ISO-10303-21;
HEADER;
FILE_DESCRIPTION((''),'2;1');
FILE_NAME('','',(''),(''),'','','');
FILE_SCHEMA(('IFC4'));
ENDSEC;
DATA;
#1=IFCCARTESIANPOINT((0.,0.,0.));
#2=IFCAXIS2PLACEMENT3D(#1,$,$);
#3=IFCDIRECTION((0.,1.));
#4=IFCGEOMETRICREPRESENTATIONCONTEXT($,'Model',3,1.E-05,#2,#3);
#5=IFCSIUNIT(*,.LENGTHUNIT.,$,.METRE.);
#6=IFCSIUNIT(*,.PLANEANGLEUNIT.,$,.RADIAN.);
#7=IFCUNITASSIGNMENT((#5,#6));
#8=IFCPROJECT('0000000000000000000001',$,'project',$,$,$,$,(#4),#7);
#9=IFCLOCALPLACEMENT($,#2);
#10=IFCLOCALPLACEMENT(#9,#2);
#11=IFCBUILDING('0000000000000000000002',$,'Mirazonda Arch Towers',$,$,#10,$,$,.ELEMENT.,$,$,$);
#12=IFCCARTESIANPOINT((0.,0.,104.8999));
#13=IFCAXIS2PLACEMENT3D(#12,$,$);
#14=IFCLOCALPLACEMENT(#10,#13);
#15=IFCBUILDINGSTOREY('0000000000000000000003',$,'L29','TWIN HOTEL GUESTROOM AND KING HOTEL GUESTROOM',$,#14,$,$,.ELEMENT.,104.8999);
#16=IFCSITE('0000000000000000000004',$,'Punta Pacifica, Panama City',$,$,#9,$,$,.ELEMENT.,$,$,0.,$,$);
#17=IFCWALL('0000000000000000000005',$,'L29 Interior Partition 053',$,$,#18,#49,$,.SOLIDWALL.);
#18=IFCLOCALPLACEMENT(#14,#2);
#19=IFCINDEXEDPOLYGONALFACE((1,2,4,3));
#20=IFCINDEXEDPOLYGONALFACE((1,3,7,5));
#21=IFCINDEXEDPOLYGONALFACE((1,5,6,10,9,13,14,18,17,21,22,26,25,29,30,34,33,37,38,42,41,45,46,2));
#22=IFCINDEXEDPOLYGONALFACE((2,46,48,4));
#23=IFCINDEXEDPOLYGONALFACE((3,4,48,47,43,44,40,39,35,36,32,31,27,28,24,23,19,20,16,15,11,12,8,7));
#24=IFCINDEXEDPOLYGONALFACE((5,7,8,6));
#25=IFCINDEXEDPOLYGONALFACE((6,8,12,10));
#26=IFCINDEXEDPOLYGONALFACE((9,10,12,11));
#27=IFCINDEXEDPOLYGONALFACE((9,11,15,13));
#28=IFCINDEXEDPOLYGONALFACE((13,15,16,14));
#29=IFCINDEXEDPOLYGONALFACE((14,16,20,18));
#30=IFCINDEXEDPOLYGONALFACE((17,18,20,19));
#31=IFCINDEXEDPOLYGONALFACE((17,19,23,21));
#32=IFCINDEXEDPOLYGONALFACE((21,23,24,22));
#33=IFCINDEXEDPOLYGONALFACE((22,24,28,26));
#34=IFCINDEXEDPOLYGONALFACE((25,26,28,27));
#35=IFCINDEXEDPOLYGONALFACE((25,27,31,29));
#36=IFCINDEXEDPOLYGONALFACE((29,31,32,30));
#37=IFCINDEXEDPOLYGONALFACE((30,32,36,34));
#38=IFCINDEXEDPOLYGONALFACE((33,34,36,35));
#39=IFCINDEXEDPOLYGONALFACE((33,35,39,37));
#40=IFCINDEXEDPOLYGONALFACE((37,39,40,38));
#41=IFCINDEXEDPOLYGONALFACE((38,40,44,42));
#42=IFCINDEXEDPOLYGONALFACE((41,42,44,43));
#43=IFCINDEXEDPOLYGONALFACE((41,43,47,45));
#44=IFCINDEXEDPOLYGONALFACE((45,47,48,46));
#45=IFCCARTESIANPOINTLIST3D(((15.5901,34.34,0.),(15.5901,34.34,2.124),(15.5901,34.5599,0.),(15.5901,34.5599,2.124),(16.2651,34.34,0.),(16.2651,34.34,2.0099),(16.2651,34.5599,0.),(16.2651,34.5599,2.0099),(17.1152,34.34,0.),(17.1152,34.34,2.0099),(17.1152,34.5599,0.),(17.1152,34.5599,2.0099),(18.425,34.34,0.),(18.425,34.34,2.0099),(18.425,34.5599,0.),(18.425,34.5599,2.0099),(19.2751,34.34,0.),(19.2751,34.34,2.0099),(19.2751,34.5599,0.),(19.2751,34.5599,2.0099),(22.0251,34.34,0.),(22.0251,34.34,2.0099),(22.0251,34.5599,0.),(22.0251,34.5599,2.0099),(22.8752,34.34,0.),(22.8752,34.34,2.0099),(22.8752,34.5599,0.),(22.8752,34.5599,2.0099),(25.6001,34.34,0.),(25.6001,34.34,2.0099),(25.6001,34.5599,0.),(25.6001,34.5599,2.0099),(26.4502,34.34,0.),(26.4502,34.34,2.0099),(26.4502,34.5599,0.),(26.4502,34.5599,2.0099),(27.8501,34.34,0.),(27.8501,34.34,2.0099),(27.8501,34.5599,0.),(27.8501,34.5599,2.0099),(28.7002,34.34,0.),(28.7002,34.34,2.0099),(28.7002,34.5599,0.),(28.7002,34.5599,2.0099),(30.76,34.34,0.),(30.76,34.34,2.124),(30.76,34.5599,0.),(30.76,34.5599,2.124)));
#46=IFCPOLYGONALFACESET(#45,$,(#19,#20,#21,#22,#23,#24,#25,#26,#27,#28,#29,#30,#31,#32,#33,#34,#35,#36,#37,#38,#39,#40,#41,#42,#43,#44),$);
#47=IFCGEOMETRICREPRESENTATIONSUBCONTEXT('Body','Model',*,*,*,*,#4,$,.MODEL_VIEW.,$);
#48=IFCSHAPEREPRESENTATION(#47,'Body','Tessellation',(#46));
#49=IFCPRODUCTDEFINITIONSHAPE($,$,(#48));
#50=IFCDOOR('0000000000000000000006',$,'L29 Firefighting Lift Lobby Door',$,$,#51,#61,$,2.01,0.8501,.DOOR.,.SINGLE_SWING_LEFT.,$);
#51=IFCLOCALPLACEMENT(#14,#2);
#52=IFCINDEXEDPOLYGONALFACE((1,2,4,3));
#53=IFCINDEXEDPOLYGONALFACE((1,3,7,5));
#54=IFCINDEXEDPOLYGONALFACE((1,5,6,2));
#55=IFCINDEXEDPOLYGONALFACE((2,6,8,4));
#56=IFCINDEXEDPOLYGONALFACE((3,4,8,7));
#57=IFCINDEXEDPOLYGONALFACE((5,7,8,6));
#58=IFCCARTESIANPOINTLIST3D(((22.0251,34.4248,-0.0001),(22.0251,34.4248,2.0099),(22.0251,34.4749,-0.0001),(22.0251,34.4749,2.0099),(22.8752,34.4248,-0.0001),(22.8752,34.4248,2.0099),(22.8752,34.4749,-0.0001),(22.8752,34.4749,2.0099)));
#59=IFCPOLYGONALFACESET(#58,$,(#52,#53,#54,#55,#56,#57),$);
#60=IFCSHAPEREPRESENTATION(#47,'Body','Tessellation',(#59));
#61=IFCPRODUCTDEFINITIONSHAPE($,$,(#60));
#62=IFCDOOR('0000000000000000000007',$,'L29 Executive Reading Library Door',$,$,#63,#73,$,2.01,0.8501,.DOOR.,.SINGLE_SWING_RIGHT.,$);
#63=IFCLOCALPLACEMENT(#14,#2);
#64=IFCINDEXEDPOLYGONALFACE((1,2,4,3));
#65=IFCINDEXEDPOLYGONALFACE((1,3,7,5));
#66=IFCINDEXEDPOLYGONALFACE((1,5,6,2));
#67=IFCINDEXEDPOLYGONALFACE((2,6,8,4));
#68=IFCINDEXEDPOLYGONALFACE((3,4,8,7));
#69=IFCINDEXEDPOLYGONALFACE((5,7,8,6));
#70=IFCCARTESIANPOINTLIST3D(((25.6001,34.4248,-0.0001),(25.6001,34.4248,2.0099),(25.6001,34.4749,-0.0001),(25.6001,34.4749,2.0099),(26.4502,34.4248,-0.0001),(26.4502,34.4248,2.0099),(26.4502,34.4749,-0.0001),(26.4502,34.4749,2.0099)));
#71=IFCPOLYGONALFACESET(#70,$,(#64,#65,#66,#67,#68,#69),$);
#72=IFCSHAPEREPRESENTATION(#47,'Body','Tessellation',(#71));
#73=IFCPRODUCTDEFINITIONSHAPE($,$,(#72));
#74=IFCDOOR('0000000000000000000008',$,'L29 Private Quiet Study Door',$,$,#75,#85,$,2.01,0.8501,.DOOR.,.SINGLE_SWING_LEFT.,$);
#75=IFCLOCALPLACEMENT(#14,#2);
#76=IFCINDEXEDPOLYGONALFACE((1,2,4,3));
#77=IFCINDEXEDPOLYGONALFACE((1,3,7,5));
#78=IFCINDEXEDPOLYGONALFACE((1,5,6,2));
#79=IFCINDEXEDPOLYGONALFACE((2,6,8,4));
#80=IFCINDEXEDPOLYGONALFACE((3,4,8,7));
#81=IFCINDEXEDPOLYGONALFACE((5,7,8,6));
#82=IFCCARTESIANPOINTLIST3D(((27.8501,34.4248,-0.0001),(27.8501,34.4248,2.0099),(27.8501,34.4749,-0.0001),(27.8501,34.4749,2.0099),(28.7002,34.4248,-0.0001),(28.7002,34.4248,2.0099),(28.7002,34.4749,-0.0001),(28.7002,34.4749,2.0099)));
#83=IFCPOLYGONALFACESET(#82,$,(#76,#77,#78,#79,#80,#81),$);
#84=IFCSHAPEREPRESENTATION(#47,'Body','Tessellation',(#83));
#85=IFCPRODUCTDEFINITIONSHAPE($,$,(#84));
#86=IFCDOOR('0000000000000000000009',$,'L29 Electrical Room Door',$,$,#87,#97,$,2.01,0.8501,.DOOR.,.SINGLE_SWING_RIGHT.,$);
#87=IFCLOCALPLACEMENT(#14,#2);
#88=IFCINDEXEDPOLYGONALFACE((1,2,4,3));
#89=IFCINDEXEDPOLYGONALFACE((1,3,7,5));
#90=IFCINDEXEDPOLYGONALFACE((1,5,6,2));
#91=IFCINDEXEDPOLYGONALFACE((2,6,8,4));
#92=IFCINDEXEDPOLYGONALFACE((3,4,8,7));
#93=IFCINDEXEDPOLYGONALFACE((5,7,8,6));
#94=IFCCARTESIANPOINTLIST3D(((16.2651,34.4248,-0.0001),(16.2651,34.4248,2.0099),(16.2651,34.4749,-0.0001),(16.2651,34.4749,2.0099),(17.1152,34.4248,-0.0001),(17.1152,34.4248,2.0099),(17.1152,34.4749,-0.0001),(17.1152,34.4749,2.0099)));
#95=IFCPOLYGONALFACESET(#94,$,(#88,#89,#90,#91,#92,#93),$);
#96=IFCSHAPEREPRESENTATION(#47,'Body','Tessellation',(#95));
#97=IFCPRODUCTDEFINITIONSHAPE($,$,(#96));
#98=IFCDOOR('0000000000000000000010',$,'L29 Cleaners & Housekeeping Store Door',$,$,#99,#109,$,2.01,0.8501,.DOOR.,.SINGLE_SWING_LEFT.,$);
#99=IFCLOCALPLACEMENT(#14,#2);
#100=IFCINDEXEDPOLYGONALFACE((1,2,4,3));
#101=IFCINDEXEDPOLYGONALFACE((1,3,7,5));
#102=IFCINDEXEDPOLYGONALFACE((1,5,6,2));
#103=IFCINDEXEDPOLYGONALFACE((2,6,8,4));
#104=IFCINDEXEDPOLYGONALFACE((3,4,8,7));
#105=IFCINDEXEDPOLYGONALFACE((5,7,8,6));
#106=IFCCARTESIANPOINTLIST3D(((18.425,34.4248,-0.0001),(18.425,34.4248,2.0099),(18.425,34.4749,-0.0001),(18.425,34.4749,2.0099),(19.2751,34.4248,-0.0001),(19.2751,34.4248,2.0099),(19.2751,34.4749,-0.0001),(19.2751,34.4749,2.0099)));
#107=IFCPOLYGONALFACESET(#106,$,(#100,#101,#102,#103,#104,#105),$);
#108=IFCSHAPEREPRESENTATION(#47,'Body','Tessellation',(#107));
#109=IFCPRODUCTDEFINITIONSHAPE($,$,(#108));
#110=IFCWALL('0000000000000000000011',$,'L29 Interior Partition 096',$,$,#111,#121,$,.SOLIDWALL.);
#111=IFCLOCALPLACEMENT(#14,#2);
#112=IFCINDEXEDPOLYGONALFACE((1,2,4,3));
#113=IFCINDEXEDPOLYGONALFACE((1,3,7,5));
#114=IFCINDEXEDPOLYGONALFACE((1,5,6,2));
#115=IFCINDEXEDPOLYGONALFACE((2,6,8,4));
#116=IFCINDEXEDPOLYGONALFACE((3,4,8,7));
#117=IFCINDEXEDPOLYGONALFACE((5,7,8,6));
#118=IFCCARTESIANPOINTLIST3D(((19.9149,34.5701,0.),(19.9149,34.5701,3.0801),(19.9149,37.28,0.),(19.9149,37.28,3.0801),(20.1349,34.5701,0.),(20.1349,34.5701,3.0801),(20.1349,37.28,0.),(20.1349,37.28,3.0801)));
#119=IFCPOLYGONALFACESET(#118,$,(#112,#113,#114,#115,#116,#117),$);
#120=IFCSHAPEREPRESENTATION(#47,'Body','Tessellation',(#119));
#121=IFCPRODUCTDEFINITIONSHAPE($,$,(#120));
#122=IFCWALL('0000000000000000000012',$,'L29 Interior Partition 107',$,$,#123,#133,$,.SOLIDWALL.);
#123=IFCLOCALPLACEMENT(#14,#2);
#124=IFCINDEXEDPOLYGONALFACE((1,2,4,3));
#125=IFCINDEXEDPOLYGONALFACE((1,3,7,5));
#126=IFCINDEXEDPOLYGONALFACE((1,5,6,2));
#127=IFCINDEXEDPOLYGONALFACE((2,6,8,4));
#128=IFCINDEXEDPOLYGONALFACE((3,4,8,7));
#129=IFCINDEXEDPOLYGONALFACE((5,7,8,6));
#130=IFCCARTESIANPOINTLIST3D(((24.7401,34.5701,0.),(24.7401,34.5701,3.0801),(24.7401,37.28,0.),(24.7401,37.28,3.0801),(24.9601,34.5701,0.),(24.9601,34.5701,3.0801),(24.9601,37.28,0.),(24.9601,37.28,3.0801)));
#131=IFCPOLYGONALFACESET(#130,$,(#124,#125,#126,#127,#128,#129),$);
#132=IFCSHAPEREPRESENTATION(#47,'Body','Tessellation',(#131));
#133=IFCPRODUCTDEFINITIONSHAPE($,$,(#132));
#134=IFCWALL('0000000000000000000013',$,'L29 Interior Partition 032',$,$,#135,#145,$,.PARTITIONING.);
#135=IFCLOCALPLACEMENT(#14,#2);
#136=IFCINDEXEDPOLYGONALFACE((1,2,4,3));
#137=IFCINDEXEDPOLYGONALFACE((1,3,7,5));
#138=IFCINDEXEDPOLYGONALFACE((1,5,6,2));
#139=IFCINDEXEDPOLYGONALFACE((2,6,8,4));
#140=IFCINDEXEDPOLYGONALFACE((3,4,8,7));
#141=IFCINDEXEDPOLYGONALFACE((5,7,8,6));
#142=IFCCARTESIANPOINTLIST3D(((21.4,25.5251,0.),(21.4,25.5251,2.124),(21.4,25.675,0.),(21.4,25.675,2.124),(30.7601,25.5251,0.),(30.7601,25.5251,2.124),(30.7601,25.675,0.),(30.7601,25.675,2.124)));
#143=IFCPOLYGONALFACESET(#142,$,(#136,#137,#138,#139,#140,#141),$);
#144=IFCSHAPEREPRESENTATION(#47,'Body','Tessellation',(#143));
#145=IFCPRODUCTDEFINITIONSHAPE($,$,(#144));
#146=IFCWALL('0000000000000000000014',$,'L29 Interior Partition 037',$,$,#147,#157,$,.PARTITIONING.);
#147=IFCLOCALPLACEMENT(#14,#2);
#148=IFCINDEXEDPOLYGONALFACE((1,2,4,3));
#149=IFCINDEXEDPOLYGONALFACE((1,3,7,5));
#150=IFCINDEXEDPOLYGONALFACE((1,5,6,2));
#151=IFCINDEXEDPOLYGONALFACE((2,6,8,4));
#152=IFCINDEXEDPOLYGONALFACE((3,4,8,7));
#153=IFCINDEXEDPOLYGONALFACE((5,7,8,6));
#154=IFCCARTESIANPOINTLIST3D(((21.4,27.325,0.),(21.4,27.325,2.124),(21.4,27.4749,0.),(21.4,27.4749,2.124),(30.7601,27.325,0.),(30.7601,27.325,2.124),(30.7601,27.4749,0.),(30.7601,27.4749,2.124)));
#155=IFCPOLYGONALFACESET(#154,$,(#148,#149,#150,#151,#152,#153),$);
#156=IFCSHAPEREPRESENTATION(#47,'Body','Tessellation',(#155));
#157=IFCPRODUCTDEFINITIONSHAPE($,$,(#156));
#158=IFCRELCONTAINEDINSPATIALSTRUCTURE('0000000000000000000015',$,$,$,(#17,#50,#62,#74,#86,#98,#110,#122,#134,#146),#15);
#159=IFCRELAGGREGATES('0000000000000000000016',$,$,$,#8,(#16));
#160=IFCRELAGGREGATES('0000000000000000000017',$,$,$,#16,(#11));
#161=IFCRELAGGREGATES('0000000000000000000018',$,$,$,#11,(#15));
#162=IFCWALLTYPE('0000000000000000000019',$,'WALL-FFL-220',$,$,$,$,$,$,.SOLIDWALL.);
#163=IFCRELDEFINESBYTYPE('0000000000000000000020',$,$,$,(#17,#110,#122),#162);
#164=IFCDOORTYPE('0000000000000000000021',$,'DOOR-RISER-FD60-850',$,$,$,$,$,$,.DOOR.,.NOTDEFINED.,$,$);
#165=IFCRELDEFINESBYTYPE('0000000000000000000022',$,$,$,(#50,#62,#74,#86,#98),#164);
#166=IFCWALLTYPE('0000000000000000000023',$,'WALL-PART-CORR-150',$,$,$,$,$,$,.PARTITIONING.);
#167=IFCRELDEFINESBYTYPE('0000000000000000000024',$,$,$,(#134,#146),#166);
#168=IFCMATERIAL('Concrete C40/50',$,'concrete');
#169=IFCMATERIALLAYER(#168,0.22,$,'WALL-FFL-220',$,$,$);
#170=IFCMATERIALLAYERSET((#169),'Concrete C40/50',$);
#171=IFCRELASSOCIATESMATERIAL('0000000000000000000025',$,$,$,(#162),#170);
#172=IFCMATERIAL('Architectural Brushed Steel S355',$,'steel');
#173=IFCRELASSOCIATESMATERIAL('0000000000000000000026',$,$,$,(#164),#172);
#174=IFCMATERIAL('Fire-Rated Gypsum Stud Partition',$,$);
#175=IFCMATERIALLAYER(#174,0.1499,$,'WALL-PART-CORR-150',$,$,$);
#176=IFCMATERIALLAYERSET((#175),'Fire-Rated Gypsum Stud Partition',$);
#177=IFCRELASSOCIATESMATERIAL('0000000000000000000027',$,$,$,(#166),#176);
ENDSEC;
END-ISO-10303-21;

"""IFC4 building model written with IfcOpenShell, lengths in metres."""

from ifc_helpers import new_model, si_unit, direction, frame, frame_2d, origin, place, context, subcontext, project, spatial, rectangle, extrude, material, layer, layer_set, type_object, element, fill, save


model = new_model("IFC4")

# Units and contexts
model_context = context("Model", 3, precision=1e-05, world=origin(), true_north=direction((0.0, 1.0)))
body_context = subcontext(model_context, "Body", "Model", "MODEL_VIEW")
ifc_project = project(units=[si_unit("LENGTHUNIT", "METRE"), si_unit("PLANEANGLEUNIT", "RADIAN")], contexts=[model_context])

# Site, building, storey
site_placement = place(None, origin())
site = spatial("IfcSite", under=ifc_project, at=site_placement, Name="Punta Pacifica, Panama City", CompositionType="ELEMENT", RefElevation=0.0)
building_placement = place(site_placement, origin())
building = spatial("IfcBuilding", under=site, at=building_placement, Name="Mirazonda Arch Towers", CompositionType="ELEMENT")
storey_placement = place(building_placement, frame((0.0, 0.0, 104.8999)))
storey = spatial("IfcBuildingStorey", under=building, at=storey_placement, Name="L29", Description="TWIN HOTEL GUESTROOM AND KING HOTEL GUESTROOM", CompositionType="ELEMENT", Elevation=104.8999)

# Wall, openings, doors
ifc_material_1 = material(Name="Concrete C40/50", Category="concrete")
ifc_layer_1 = layer(ifc_material_1, 0.22, Name="WALL-FFL-220")
ifc_layer_set_1 = layer_set([ifc_layer_1], Name="Concrete C40/50")
wall_type_1 = type_object("IfcWallType", Name="WALL-FFL-220", PredefinedType="SOLIDWALL", material=ifc_layer_set_1)
wall_1_placement = place(storey_placement, frame((15.5901, 34.45, 0.0), z_axis=(0.0, 0.0, 1.0), x_axis=(1.0, 0.0, 0.0)))
wall_1 = element("IfcWall", 1, at=wall_1_placement, inside=storey, type_object=wall_type_1, Name="L29 Interior Partition 053", PredefinedType="SOLIDWALL", context=body_context, shape_type="SweptSolid", body=[
    extrude(rectangle(XDim=15.1699, YDim=0.22, at=frame_2d((7.585, 0.0))), origin(), (0.0, 0.0, 1.0), 2.124),
])
opening_1_placement = place(wall_1_placement, frame((6.4351, 0.0, 0.0)))
opening_1 = element("IfcOpeningElement", 2, at=opening_1_placement, cuts=wall_1, PredefinedType="OPENING", context=body_context, shape_type="SweptSolid", body=[
    extrude(rectangle(XDim=0.8501, YDim=2.01, at=frame_2d((0.425, 1.0049))), frame((0.0, 0.1199, 0.0), z_axis=(0.0, -1.0, 0.0), x_axis=(1.0, 0.0, 0.0)), (0.0, 0.0, 1.0), 0.24),
])
opening_2_placement = place(wall_1_placement, frame((10.01, 0.0, 0.0)))
opening_2 = element("IfcOpeningElement", 3, at=opening_2_placement, cuts=wall_1, PredefinedType="OPENING", context=body_context, shape_type="SweptSolid", body=[
    extrude(rectangle(XDim=0.8501, YDim=2.01, at=frame_2d((0.425, 1.0049))), frame((0.0, 0.1199, 0.0), z_axis=(0.0, -1.0, 0.0), x_axis=(1.0, 0.0, 0.0)), (0.0, 0.0, 1.0), 0.24),
])
opening_3_placement = place(wall_1_placement, frame((12.26, 0.0, 0.0)))
opening_3 = element("IfcOpeningElement", 4, at=opening_3_placement, cuts=wall_1, PredefinedType="OPENING", context=body_context, shape_type="SweptSolid", body=[
    extrude(rectangle(XDim=0.8501, YDim=2.01, at=frame_2d((0.425, 1.0049))), frame((0.0, 0.1199, 0.0), z_axis=(0.0, -1.0, 0.0), x_axis=(1.0, 0.0, 0.0)), (0.0, 0.0, 1.0), 0.24),
])
opening_4_placement = place(wall_1_placement, frame((0.675, 0.0, 0.0)))
opening_4 = element("IfcOpeningElement", 5, at=opening_4_placement, cuts=wall_1, PredefinedType="OPENING", context=body_context, shape_type="SweptSolid", body=[
    extrude(rectangle(XDim=0.8501, YDim=2.01, at=frame_2d((0.425, 1.0049))), frame((0.0, 0.1199, 0.0), z_axis=(0.0, -1.0, 0.0), x_axis=(1.0, 0.0, 0.0)), (0.0, 0.0, 1.0), 0.24),
])
opening_5_placement = place(wall_1_placement, frame((2.835, 0.0, 0.0)))
opening_5 = element("IfcOpeningElement", 6, at=opening_5_placement, cuts=wall_1, PredefinedType="OPENING", context=body_context, shape_type="SweptSolid", body=[
    extrude(rectangle(XDim=0.8501, YDim=2.01, at=frame_2d((0.425, 1.0049))), frame((0.0, 0.1199, 0.0), z_axis=(0.0, -1.0, 0.0), x_axis=(1.0, 0.0, 0.0)), (0.0, 0.0, 1.0), 0.24),
])
ifc_material_2 = material(Name="Architectural Brushed Steel S355", Category="steel")
door_type = type_object("IfcDoorType", Name="DOOR-RISER-FD60-850", OperationType="NOTDEFINED", PredefinedType="DOOR", material=ifc_material_2)
door_1_placement = place(opening_1_placement, origin())
door_1 = element("IfcDoor", 7, at=door_1_placement, inside=storey, type_object=door_type, Name="L29 Firefighting Lift Lobby Door", OperationType="SINGLE_SWING_LEFT", OverallHeight=2.01, OverallWidth=0.8501, PredefinedType="DOOR", context=body_context, shape_type="SweptSolid", body=[
    extrude(rectangle(XDim=0.8501, YDim=2.01, at=frame_2d((0.425, 1.0049))), frame((0.0, 0.0249, 0.0), z_axis=(0.0, -1.0, 0.0), x_axis=(1.0, 0.0, 0.0)), (0.0, 0.0, 1.0), 0.05),
])
fill(opening_1, door_1)
door_2_placement = place(opening_2_placement, origin())
door_2 = element("IfcDoor", 8, at=door_2_placement, inside=storey, type_object=door_type, Name="L29 Executive Reading Library Door", OperationType="SINGLE_SWING_RIGHT", OverallHeight=2.01, OverallWidth=0.8501, PredefinedType="DOOR", context=body_context, shape_type="SweptSolid", body=[
    extrude(rectangle(XDim=0.8501, YDim=2.01, at=frame_2d((0.425, 1.0049))), frame((0.0, 0.0249, 0.0), z_axis=(0.0, -1.0, 0.0), x_axis=(1.0, 0.0, 0.0)), (0.0, 0.0, 1.0), 0.05),
])
fill(opening_2, door_2)
door_3_placement = place(opening_3_placement, origin())
door_3 = element("IfcDoor", 9, at=door_3_placement, inside=storey, type_object=door_type, Name="L29 Private Quiet Study Door", OperationType="SINGLE_SWING_LEFT", OverallHeight=2.01, OverallWidth=0.8501, PredefinedType="DOOR", context=body_context, shape_type="SweptSolid", body=[
    extrude(rectangle(XDim=0.8501, YDim=2.01, at=frame_2d((0.425, 1.0049))), frame((0.0, 0.0249, 0.0), z_axis=(0.0, -1.0, 0.0), x_axis=(1.0, 0.0, 0.0)), (0.0, 0.0, 1.0), 0.05),
])
fill(opening_3, door_3)
door_4_placement = place(opening_4_placement, origin())
door_4 = element("IfcDoor", 10, at=door_4_placement, inside=storey, type_object=door_type, Name="L29 Electrical Room Door", OperationType="SINGLE_SWING_RIGHT", OverallHeight=2.01, OverallWidth=0.8501, PredefinedType="DOOR", context=body_context, shape_type="SweptSolid", body=[
    extrude(rectangle(XDim=0.8501, YDim=2.01, at=frame_2d((0.425, 1.0049))), frame((0.0, 0.0249, 0.0), z_axis=(0.0, -1.0, 0.0), x_axis=(1.0, 0.0, 0.0)), (0.0, 0.0, 1.0), 0.05),
])
fill(opening_4, door_4)
door_5_placement = place(opening_5_placement, origin())
door_5 = element("IfcDoor", 11, at=door_5_placement, inside=storey, type_object=door_type, Name="L29 Cleaners & Housekeeping Store Door", OperationType="SINGLE_SWING_LEFT", OverallHeight=2.01, OverallWidth=0.8501, PredefinedType="DOOR", context=body_context, shape_type="SweptSolid", body=[
    extrude(rectangle(XDim=0.8501, YDim=2.01, at=frame_2d((0.425, 1.0049))), frame((0.0, 0.0249, 0.0), z_axis=(0.0, -1.0, 0.0), x_axis=(1.0, 0.0, 0.0)), (0.0, 0.0, 1.0), 0.05),
])
fill(opening_5, door_5)

# Walls
for number, where, z_axis, x_axis, name in (
    (12, (20.0249, 34.5701, 0.0), (0.0, 0.0, 1.0), (0.0, 1.0, 0.0), "L29 Interior Partition 096"),
    (13, (24.8501, 34.5701, 0.0), (0.0, 0.0, 1.0), (0.0, 1.0, 0.0), "L29 Interior Partition 107"),
):
    element("IfcWall", number, at=place(storey_placement, frame(where, z_axis=z_axis, x_axis=x_axis)), inside=storey, type_object=wall_type_1, Name=name, PredefinedType="SOLIDWALL", context=body_context, shape_type="SweptSolid", body=[
        extrude(rectangle(XDim=2.71, YDim=0.22, at=frame_2d((1.355, 0.0))), origin(), (0.0, 0.0, 1.0), 3.0801),
    ])
ifc_material_3 = material(Name="Fire-Rated Gypsum Stud Partition")
ifc_layer_2 = layer(ifc_material_3, 0.1499, Name="WALL-PART-CORR-150")
ifc_layer_set_2 = layer_set([ifc_layer_2], Name="Fire-Rated Gypsum Stud Partition")
wall_type_2 = type_object("IfcWallType", Name="WALL-PART-CORR-150", PredefinedType="PARTITIONING", material=ifc_layer_set_2)
for number, where, z_axis, x_axis, name in (
    (14, (21.3999, 25.6001, 0.0), (0.0, 0.0, 1.0), (1.0, 0.0, 0.0), "L29 Interior Partition 032"),
    (15, (21.3999, 27.3999, 0.0), (0.0, 0.0, 1.0), (1.0, 0.0, 0.0), "L29 Interior Partition 037"),
):
    element("IfcWall", number, at=place(storey_placement, frame(where, z_axis=z_axis, x_axis=x_axis)), inside=storey, type_object=wall_type_2, Name=name, PredefinedType="PARTITIONING", context=body_context, shape_type="SweptSolid", body=[
        extrude(rectangle(XDim=9.3601, YDim=0.1499, at=frame_2d((4.6802, 0.0))), origin(), (0.0, 0.0, 1.0), 2.124),
    ])

save(model, "model.ifc")
